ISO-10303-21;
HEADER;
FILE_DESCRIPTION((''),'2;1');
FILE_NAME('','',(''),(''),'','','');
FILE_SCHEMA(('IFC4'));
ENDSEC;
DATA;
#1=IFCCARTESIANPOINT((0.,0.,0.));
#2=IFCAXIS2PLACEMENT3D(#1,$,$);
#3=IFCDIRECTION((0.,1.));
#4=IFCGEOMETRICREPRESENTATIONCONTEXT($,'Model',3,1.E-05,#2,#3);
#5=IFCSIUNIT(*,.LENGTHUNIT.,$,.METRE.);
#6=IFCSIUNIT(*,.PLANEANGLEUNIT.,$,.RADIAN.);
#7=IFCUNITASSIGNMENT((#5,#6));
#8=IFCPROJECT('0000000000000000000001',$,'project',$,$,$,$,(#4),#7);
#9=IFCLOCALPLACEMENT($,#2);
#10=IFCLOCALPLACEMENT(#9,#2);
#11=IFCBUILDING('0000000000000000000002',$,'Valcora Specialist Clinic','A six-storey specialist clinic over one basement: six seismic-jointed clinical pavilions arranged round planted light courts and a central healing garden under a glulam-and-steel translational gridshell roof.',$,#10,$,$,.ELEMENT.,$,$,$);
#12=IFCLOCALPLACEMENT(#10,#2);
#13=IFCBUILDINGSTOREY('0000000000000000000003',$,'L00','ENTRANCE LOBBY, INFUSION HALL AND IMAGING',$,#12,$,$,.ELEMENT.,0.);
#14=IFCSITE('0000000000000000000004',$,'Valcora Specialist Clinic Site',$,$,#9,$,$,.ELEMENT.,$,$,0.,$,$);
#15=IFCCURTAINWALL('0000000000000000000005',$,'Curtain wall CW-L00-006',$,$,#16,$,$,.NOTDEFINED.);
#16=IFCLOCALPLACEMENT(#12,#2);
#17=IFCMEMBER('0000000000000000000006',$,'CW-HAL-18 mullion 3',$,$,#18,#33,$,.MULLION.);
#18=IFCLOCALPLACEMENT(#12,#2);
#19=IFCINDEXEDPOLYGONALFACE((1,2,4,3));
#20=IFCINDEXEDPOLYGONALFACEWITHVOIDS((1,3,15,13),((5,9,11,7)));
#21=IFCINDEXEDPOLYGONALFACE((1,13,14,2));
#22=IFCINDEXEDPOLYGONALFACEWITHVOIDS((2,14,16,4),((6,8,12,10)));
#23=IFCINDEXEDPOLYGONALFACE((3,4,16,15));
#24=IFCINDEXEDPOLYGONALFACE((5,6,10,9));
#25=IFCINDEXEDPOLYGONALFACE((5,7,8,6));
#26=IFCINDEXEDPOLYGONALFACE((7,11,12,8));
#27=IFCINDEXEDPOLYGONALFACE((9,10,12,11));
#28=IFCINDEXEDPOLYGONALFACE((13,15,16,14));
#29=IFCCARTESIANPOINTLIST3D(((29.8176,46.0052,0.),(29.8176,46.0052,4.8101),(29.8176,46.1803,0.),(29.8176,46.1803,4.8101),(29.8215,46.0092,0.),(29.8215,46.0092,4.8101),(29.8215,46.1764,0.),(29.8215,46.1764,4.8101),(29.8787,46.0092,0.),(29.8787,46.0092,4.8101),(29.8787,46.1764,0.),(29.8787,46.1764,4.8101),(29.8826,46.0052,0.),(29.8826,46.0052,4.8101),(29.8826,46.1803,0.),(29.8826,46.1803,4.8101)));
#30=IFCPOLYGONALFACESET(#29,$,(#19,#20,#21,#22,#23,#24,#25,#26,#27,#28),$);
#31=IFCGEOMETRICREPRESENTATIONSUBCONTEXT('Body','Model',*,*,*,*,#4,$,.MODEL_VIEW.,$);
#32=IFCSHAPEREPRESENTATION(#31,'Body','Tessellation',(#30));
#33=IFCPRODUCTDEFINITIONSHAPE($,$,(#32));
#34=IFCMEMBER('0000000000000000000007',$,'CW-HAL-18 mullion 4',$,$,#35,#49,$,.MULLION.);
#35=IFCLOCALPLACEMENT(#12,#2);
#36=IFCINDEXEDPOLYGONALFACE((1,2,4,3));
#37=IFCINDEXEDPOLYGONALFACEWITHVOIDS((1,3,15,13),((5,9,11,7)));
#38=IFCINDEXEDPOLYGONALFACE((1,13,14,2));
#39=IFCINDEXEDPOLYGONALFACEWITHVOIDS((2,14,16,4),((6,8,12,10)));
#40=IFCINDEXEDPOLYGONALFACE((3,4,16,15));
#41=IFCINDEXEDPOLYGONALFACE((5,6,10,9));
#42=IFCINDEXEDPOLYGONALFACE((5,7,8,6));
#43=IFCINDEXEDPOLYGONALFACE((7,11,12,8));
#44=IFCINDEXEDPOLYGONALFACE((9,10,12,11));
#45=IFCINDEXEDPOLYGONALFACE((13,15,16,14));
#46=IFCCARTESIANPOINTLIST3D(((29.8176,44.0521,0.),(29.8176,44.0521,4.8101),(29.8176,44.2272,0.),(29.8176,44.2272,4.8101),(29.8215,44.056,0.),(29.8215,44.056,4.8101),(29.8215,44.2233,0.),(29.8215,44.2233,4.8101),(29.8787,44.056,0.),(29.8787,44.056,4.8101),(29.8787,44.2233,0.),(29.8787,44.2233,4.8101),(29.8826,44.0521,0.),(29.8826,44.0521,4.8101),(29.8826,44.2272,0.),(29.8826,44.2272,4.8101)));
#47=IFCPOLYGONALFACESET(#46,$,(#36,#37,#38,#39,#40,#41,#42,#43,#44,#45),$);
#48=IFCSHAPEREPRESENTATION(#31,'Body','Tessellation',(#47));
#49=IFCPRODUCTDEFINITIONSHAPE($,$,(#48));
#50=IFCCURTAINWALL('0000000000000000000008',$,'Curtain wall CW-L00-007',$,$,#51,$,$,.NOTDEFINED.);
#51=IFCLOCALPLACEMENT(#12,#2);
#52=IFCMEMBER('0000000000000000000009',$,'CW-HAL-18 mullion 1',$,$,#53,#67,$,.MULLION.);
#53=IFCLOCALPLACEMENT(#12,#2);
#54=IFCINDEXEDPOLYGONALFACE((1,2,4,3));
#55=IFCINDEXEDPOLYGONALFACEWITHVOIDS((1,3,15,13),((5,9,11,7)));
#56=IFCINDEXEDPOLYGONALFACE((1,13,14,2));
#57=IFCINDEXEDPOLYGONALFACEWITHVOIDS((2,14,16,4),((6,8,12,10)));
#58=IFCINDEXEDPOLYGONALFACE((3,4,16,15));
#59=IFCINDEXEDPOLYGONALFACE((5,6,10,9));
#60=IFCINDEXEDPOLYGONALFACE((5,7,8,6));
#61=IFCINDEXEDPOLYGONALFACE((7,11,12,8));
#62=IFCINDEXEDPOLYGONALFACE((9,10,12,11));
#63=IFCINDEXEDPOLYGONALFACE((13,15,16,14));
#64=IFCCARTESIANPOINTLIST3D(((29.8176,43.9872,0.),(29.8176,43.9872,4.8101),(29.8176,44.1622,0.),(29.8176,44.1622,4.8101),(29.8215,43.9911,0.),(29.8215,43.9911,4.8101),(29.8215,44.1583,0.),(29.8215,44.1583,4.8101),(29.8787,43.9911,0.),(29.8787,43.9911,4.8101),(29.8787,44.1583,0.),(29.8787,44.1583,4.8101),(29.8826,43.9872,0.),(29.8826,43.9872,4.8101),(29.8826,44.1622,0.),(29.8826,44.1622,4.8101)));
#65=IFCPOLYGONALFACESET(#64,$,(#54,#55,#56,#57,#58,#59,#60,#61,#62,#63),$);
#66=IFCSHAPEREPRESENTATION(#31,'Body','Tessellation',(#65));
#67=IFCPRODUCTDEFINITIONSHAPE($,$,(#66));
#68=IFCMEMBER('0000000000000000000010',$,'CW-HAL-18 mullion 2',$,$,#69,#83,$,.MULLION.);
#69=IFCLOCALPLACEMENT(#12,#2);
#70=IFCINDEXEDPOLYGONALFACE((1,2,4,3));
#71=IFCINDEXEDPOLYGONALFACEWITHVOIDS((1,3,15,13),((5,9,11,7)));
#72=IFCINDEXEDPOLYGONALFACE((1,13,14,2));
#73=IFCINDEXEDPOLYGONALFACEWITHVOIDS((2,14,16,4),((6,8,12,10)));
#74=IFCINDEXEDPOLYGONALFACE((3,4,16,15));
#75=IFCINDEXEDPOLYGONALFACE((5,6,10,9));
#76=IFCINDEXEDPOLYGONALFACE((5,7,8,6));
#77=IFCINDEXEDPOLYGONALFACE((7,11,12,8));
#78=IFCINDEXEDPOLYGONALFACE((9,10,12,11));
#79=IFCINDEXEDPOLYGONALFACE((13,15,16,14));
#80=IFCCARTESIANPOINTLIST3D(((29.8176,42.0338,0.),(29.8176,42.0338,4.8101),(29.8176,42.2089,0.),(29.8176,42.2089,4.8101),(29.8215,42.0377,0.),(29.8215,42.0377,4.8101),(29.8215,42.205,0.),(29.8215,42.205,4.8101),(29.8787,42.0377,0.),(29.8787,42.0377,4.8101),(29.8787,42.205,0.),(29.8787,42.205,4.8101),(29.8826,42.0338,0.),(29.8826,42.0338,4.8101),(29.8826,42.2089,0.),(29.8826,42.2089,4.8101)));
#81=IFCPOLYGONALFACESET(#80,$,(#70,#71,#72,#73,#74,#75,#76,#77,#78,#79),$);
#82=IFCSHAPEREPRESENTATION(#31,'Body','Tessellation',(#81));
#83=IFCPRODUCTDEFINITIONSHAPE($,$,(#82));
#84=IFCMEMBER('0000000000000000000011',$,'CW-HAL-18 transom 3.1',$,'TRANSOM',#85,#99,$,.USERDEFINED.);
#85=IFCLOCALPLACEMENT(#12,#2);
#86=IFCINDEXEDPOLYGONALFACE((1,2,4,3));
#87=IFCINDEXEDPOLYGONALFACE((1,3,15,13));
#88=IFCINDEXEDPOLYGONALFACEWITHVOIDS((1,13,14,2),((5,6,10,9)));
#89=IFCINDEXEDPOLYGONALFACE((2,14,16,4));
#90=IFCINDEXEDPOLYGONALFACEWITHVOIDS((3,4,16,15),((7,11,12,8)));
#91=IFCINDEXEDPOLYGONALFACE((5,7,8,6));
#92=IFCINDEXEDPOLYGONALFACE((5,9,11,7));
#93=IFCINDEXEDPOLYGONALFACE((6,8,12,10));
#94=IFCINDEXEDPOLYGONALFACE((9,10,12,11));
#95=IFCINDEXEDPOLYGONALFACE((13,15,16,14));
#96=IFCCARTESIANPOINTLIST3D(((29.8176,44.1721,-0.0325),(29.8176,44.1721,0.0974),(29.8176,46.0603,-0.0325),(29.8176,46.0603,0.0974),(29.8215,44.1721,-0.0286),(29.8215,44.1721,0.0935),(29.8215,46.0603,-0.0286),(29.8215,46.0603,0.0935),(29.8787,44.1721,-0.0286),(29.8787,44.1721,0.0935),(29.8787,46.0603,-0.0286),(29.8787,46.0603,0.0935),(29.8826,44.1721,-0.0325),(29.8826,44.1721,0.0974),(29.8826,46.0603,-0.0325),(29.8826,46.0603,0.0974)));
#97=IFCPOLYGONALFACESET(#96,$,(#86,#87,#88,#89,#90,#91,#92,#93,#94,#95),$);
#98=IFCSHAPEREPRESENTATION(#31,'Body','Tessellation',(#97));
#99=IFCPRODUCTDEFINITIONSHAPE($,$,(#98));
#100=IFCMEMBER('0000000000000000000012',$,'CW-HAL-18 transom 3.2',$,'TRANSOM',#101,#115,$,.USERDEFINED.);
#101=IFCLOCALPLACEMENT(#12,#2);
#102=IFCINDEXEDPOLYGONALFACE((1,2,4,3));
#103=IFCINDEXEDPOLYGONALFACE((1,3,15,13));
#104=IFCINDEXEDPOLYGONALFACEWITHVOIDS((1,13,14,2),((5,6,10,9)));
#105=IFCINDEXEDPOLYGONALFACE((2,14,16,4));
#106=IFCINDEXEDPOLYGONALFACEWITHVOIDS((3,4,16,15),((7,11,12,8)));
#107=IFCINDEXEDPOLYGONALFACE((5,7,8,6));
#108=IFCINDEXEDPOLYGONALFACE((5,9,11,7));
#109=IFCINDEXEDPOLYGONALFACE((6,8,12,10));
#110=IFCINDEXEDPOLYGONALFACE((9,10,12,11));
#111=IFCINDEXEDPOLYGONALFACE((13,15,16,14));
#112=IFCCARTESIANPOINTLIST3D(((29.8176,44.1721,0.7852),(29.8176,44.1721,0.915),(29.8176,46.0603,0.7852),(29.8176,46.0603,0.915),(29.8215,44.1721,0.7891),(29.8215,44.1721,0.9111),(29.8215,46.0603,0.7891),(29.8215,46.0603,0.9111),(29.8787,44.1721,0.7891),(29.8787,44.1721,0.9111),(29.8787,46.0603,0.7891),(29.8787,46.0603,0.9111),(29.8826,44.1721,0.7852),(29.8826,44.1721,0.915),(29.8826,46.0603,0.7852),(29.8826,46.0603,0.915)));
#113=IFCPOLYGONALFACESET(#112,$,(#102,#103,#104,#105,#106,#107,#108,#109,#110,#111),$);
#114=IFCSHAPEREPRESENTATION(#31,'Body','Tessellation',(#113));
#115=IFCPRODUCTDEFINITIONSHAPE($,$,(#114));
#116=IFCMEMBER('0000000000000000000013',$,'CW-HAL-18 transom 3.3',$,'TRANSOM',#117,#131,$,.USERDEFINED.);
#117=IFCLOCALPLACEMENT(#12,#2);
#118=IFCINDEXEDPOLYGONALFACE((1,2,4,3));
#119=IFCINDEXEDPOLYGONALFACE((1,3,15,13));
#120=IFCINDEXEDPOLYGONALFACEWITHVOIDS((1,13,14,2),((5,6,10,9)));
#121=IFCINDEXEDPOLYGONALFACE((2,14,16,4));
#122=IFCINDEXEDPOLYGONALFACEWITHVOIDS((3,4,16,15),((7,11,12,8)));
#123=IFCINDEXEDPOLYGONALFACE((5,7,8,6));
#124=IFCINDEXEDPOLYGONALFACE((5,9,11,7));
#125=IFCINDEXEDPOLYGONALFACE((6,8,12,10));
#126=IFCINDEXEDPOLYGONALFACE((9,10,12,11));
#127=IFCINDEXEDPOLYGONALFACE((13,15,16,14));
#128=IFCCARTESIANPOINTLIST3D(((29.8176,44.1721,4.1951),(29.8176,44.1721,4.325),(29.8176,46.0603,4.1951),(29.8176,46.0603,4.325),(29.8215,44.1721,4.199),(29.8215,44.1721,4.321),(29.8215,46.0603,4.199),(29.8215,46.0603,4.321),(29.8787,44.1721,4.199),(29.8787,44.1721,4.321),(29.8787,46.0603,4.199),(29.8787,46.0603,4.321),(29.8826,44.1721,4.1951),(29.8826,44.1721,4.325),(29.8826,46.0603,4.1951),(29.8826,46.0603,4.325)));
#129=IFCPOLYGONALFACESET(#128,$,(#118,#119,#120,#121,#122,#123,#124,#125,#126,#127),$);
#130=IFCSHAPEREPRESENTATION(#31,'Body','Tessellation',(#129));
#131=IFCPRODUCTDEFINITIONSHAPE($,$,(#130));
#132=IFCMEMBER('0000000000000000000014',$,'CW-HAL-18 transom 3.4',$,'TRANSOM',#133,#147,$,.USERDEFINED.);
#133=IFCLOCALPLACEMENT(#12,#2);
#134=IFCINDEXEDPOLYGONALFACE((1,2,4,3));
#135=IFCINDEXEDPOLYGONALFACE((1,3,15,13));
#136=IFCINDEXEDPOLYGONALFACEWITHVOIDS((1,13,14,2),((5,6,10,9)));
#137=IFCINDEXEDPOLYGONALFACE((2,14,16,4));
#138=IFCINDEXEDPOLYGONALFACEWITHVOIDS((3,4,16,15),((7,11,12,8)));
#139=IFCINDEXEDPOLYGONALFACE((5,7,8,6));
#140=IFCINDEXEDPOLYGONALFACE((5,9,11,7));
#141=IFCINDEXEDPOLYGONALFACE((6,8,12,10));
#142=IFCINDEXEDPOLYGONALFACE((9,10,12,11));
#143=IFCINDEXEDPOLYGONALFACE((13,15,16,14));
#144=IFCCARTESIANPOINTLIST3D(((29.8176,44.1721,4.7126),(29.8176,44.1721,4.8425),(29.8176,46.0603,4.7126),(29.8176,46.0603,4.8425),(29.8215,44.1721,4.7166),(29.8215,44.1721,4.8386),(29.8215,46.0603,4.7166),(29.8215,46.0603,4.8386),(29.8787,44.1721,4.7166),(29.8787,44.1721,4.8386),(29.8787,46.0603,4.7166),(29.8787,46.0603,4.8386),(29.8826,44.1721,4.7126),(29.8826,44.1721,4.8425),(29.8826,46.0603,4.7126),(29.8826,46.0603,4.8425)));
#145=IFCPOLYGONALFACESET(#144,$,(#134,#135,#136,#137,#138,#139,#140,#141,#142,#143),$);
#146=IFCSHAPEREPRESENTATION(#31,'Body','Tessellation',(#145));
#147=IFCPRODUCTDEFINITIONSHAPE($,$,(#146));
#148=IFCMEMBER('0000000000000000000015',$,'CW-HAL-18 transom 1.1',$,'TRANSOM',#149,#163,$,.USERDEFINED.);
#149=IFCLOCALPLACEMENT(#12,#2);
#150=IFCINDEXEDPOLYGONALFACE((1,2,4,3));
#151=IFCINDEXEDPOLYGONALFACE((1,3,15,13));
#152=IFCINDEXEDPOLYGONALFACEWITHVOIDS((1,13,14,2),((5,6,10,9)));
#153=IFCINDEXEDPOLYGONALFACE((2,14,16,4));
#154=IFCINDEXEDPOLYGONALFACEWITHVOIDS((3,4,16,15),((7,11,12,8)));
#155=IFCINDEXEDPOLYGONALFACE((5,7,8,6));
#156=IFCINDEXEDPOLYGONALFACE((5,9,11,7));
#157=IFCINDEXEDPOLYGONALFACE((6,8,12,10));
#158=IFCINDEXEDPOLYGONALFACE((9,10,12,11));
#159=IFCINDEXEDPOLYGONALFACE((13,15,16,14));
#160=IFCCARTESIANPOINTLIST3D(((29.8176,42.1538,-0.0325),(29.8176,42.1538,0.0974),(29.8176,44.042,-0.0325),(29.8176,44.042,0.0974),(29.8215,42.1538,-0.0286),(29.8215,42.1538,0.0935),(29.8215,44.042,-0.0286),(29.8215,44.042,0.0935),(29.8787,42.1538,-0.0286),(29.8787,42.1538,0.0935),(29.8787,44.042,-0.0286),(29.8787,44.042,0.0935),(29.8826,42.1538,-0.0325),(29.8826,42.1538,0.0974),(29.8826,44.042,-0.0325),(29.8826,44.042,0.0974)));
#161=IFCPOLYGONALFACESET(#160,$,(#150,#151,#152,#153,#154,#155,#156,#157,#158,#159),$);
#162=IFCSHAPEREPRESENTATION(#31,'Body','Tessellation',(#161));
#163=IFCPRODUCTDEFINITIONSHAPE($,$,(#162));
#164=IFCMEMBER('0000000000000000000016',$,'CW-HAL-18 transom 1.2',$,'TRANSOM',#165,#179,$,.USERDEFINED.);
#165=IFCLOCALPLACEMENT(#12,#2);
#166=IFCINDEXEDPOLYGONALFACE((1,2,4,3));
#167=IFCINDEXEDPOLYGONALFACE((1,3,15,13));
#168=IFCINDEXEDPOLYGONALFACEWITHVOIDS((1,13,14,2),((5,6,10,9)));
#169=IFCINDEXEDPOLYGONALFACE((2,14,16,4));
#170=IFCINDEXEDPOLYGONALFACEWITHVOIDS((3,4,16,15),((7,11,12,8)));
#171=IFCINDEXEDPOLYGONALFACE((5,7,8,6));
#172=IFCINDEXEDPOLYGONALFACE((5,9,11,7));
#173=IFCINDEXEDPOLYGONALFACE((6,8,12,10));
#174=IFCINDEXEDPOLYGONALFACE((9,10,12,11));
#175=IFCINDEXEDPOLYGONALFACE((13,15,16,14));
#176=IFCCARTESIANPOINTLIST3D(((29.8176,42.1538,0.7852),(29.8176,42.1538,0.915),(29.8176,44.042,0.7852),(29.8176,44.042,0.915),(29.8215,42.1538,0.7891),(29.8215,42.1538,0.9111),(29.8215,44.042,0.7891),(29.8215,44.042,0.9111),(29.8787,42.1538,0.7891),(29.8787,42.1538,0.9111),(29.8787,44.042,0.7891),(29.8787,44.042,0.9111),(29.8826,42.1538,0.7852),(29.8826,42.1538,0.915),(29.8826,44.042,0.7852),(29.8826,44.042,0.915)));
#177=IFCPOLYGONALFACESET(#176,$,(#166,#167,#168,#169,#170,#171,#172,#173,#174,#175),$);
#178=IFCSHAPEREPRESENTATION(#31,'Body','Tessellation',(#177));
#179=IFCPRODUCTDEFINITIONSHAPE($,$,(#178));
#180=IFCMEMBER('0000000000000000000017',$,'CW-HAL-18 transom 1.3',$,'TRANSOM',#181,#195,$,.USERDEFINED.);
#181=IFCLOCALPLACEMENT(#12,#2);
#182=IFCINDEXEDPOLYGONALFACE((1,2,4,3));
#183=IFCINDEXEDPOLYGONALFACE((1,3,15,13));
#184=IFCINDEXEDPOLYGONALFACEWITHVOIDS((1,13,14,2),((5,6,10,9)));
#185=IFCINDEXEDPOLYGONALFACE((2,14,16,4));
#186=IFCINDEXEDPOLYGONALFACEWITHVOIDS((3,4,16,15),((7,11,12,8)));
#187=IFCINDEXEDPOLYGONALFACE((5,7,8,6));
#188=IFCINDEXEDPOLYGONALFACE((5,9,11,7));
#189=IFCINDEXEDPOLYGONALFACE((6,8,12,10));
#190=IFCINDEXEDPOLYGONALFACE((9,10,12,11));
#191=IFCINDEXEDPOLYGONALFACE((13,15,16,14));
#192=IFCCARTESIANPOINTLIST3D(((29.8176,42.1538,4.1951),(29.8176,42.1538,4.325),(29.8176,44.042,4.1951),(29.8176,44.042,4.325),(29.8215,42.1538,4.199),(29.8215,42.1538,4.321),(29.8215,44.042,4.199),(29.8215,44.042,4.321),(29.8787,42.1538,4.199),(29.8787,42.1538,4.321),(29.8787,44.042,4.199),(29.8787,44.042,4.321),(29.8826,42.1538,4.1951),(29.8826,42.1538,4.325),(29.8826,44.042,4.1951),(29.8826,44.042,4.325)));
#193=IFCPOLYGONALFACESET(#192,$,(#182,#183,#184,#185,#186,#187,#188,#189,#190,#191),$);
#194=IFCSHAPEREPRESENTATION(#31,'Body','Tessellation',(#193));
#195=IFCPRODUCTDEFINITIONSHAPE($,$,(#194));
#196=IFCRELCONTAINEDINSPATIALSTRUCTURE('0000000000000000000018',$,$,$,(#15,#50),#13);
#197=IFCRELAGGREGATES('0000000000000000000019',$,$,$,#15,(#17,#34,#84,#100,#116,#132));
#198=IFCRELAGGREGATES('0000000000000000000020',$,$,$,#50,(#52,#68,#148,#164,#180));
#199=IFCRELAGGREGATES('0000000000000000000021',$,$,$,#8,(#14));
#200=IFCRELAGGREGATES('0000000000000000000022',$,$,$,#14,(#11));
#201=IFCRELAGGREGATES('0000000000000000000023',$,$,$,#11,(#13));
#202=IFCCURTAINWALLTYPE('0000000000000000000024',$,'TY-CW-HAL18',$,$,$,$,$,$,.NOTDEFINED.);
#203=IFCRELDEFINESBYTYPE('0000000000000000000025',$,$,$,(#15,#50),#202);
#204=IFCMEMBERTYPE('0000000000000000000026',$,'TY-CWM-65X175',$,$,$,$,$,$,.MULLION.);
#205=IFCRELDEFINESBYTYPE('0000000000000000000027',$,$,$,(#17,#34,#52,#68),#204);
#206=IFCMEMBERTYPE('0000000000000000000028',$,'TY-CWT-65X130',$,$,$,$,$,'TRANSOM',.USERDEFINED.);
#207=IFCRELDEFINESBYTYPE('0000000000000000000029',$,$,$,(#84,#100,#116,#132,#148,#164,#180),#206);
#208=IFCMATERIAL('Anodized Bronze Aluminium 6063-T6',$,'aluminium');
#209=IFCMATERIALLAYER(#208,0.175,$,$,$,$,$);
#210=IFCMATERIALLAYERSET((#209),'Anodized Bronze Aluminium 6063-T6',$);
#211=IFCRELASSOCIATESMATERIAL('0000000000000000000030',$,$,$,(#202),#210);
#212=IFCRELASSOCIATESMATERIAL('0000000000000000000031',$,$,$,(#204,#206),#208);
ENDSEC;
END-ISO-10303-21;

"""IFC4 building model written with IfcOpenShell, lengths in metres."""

from ifc_helpers import new_model, si_unit, direction, frame, origin, origin_2d, place, context, subcontext, project, spatial, hollow_rectangle, extrude, material, layer, layer_set, material_profile, profile_set, type_object, element, aggregate, save


model = new_model("IFC4")

# Units and contexts
model_context = context("Model", 3, precision=1e-05, world=origin(), true_north=direction((0.0, 1.0)))
body_context = subcontext(model_context, "Body", "Model", "MODEL_VIEW")
ifc_project = project(units=[si_unit("LENGTHUNIT", "METRE"), si_unit("PLANEANGLEUNIT", "RADIAN")], contexts=[model_context])

# Site, building, storey
site_placement = place(None, origin())
site = spatial("IfcSite", under=ifc_project, at=site_placement, Name="Valcora Specialist Clinic Site", CompositionType="ELEMENT", RefElevation=0.0)
building_placement = place(site_placement, origin())
building = spatial("IfcBuilding", under=site, at=building_placement, Name="Valcora Specialist Clinic", Description="A six-storey specialist clinic over one basement: six seismic-jointed clinical pavilions arranged round planted light courts and a central healing garden under a glulam-and-steel translational gridshell roof.", CompositionType="ELEMENT")
storey_placement = place(building_placement, origin())
storey = spatial("IfcBuildingStorey", under=building, at=storey_placement, Name="L00", Description="ENTRANCE LOBBY, INFUSION HALL AND IMAGING", CompositionType="ELEMENT", Elevation=0.0)

# Curtain walls, members
ifc_material_1 = material(Name="Anodized Bronze Aluminium 6063-T6", Category="aluminium")
ifc_layer_1 = layer(ifc_material_1, 0.175)
ifc_layer_set_1 = layer_set([ifc_layer_1], Name="Anodized Bronze Aluminium 6063-T6")
curtain_wall_type = type_object("IfcCurtainWallType", Name="TY-CW-HAL18", PredefinedType="NOTDEFINED", material=ifc_layer_set_1)
curtain_wall_1_placement = place(storey_placement, origin())
curtain_wall_1 = element("IfcCurtainWall", 1, at=curtain_wall_1_placement, inside=storey, type_object=curtain_wall_type, Name="Curtain wall CW-L00-006", PredefinedType="NOTDEFINED")
ifc_material_profile_1 = material_profile(ifc_material_1, hollow_rectangle(XDim=0.0649, YDim=0.175, WallThickness=0.0039, at=origin_2d()), Name="AL-MUL-65X175")
ifc_profile_set_1 = profile_set([ifc_material_profile_1], Name="Anodized Bronze Aluminium 6063-T6")
member_type_1 = type_object("IfcMemberType", Name="TY-CWM-65X175", PredefinedType="MULLION", material=ifc_profile_set_1)
member_1_placement = place(storey_placement, frame((29.8501, 46.0928, 0.0), z_axis=(0.0, 0.0, 1.0), x_axis=(1.0, 0.0, 0.0)))
member_1 = element("IfcMember", 2, at=member_1_placement, type_object=member_type_1, Name="CW-HAL-18 mullion 3", PredefinedType="MULLION", context=body_context, shape_type="SweptSolid", body=[
    extrude(hollow_rectangle(XDim=0.0649, YDim=0.175, WallThickness=0.0039, at=origin_2d()), origin(), (0.0, 0.0, 1.0), 4.8101),
])
member_2_placement = place(storey_placement, frame((29.8501, 44.1396, 0.0), z_axis=(0.0, 0.0, 1.0), x_axis=(1.0, 0.0, 0.0)))
member_2 = element("IfcMember", 3, at=member_2_placement, type_object=member_type_1, Name="CW-HAL-18 mullion 4", PredefinedType="MULLION", context=body_context, shape_type="SweptSolid", body=[
    extrude(hollow_rectangle(XDim=0.0649, YDim=0.175, WallThickness=0.0039, at=origin_2d()), origin(), (0.0, 0.0, 1.0), 4.8101),
])
curtain_wall_2_placement = place(storey_placement, origin())
curtain_wall_2 = element("IfcCurtainWall", 4, at=curtain_wall_2_placement, inside=storey, type_object=curtain_wall_type, Name="Curtain wall CW-L00-007", PredefinedType="NOTDEFINED")
member_3_placement = place(storey_placement, frame((29.8501, 44.0747, 0.0), z_axis=(0.0, 0.0, 1.0), x_axis=(1.0, 0.0, 0.0)))
member_3 = element("IfcMember", 5, at=member_3_placement, type_object=member_type_1, Name="CW-HAL-18 mullion 1", PredefinedType="MULLION", context=body_context, shape_type="SweptSolid", body=[
    extrude(hollow_rectangle(XDim=0.0649, YDim=0.175, WallThickness=0.0039, at=origin_2d()), origin(), (0.0, 0.0, 1.0), 4.8101),
])
member_4_placement = place(storey_placement, frame((29.8501, 42.1213, 0.0), z_axis=(0.0, 0.0, 1.0), x_axis=(1.0, 0.0, 0.0)))
member_4 = element("IfcMember", 6, at=member_4_placement, type_object=member_type_1, Name="CW-HAL-18 mullion 2", PredefinedType="MULLION", context=body_context, shape_type="SweptSolid", body=[
    extrude(hollow_rectangle(XDim=0.0649, YDim=0.175, WallThickness=0.0039, at=origin_2d()), origin(), (0.0, 0.0, 1.0), 4.8101),
])

# Members
ifc_material_profile_2 = material_profile(ifc_material_1, hollow_rectangle(XDim=0.0649, YDim=0.1299, WallThickness=0.0039, at=origin_2d()), Name="AL-TRN-65X130")
ifc_profile_set_2 = profile_set([ifc_material_profile_2], Name="Anodized Bronze Aluminium 6063-T6")
member_type_2 = type_object("IfcMemberType", Name="TY-CWT-65X130", ElementType="TRANSOM", PredefinedType="USERDEFINED", material=ifc_profile_set_2)
member_5_placement = place(storey_placement, frame((29.8501, 46.0603, 0.0325), z_axis=(0.0, -1.0, 0.0), x_axis=(1.0, 0.0, 0.0)))
member_5 = element("IfcMember", 7, at=member_5_placement, type_object=member_type_2, Name="CW-HAL-18 transom 3.1", ObjectType="TRANSOM", PredefinedType="USERDEFINED", context=body_context, shape_type="SweptSolid", body=[
    extrude(hollow_rectangle(XDim=0.0649, YDim=0.1299, WallThickness=0.0039, at=origin_2d()), origin(), (0.0, 0.0, 1.0), 1.8882),
])
member_6_placement = place(storey_placement, frame((29.8501, 46.0603, 0.8501), z_axis=(0.0, -1.0, 0.0), x_axis=(1.0, 0.0, 0.0)))
member_6 = element("IfcMember", 8, at=member_6_placement, type_object=member_type_2, Name="CW-HAL-18 transom 3.2", ObjectType="TRANSOM", PredefinedType="USERDEFINED", context=body_context, shape_type="SweptSolid", body=[
    extrude(hollow_rectangle(XDim=0.0649, YDim=0.1299, WallThickness=0.0039, at=origin_2d()), origin(), (0.0, 0.0, 1.0), 1.8882),
])
member_7_placement = place(storey_placement, frame((29.8501, 46.0603, 4.26), z_axis=(0.0, -1.0, 0.0), x_axis=(1.0, 0.0, 0.0)))
member_7 = element("IfcMember", 9, at=member_7_placement, type_object=member_type_2, Name="CW-HAL-18 transom 3.3", ObjectType="TRANSOM", PredefinedType="USERDEFINED", context=body_context, shape_type="SweptSolid", body=[
    extrude(hollow_rectangle(XDim=0.0649, YDim=0.1299, WallThickness=0.0039, at=origin_2d()), origin(), (0.0, 0.0, 1.0), 1.8882),
])
member_8_placement = place(storey_placement, frame((29.8501, 46.0603, 4.7776), z_axis=(0.0, -1.0, 0.0), x_axis=(1.0, 0.0, 0.0)))
member_8 = element("IfcMember", 10, at=member_8_placement, type_object=member_type_2, Name="CW-HAL-18 transom 3.4", ObjectType="TRANSOM", PredefinedType="USERDEFINED", context=body_context, shape_type="SweptSolid", body=[
    extrude(hollow_rectangle(XDim=0.0649, YDim=0.1299, WallThickness=0.0039, at=origin_2d()), origin(), (0.0, 0.0, 1.0), 1.8882),
])
member_9_placement = place(storey_placement, frame((29.8501, 44.042, 0.0325), z_axis=(0.0, -1.0, 0.0), x_axis=(1.0, 0.0, 0.0)))
member_9 = element("IfcMember", 11, at=member_9_placement, type_object=member_type_2, Name="CW-HAL-18 transom 1.1", ObjectType="TRANSOM", PredefinedType="USERDEFINED", context=body_context, shape_type="SweptSolid", body=[
    extrude(hollow_rectangle(XDim=0.0649, YDim=0.1299, WallThickness=0.0039, at=origin_2d()), origin(), (0.0, 0.0, 1.0), 1.8882),
])
member_10_placement = place(storey_placement, frame((29.8501, 44.042, 0.8501), z_axis=(0.0, -1.0, 0.0), x_axis=(1.0, 0.0, 0.0)))
member_10 = element("IfcMember", 12, at=member_10_placement, type_object=member_type_2, Name="CW-HAL-18 transom 1.2", ObjectType="TRANSOM", PredefinedType="USERDEFINED", context=body_context, shape_type="SweptSolid", body=[
    extrude(hollow_rectangle(XDim=0.0649, YDim=0.1299, WallThickness=0.0039, at=origin_2d()), origin(), (0.0, 0.0, 1.0), 1.8882),
])
member_11_placement = place(storey_placement, frame((29.8501, 44.042, 4.26), z_axis=(0.0, -1.0, 0.0), x_axis=(1.0, 0.0, 0.0)))
member_11 = element("IfcMember", 13, at=member_11_placement, type_object=member_type_2, Name="CW-HAL-18 transom 1.3", ObjectType="TRANSOM", PredefinedType="USERDEFINED", context=body_context, shape_type="SweptSolid", body=[
    extrude(hollow_rectangle(XDim=0.0649, YDim=0.1299, WallThickness=0.0039, at=origin_2d()), origin(), (0.0, 0.0, 1.0), 1.8882),
])

aggregate(curtain_wall_1, [member_1, member_2, member_5, member_6, member_7, member_8])
aggregate(curtain_wall_2, [member_3, member_4, member_9, member_10, member_11])

save(model, "model.ifc")
